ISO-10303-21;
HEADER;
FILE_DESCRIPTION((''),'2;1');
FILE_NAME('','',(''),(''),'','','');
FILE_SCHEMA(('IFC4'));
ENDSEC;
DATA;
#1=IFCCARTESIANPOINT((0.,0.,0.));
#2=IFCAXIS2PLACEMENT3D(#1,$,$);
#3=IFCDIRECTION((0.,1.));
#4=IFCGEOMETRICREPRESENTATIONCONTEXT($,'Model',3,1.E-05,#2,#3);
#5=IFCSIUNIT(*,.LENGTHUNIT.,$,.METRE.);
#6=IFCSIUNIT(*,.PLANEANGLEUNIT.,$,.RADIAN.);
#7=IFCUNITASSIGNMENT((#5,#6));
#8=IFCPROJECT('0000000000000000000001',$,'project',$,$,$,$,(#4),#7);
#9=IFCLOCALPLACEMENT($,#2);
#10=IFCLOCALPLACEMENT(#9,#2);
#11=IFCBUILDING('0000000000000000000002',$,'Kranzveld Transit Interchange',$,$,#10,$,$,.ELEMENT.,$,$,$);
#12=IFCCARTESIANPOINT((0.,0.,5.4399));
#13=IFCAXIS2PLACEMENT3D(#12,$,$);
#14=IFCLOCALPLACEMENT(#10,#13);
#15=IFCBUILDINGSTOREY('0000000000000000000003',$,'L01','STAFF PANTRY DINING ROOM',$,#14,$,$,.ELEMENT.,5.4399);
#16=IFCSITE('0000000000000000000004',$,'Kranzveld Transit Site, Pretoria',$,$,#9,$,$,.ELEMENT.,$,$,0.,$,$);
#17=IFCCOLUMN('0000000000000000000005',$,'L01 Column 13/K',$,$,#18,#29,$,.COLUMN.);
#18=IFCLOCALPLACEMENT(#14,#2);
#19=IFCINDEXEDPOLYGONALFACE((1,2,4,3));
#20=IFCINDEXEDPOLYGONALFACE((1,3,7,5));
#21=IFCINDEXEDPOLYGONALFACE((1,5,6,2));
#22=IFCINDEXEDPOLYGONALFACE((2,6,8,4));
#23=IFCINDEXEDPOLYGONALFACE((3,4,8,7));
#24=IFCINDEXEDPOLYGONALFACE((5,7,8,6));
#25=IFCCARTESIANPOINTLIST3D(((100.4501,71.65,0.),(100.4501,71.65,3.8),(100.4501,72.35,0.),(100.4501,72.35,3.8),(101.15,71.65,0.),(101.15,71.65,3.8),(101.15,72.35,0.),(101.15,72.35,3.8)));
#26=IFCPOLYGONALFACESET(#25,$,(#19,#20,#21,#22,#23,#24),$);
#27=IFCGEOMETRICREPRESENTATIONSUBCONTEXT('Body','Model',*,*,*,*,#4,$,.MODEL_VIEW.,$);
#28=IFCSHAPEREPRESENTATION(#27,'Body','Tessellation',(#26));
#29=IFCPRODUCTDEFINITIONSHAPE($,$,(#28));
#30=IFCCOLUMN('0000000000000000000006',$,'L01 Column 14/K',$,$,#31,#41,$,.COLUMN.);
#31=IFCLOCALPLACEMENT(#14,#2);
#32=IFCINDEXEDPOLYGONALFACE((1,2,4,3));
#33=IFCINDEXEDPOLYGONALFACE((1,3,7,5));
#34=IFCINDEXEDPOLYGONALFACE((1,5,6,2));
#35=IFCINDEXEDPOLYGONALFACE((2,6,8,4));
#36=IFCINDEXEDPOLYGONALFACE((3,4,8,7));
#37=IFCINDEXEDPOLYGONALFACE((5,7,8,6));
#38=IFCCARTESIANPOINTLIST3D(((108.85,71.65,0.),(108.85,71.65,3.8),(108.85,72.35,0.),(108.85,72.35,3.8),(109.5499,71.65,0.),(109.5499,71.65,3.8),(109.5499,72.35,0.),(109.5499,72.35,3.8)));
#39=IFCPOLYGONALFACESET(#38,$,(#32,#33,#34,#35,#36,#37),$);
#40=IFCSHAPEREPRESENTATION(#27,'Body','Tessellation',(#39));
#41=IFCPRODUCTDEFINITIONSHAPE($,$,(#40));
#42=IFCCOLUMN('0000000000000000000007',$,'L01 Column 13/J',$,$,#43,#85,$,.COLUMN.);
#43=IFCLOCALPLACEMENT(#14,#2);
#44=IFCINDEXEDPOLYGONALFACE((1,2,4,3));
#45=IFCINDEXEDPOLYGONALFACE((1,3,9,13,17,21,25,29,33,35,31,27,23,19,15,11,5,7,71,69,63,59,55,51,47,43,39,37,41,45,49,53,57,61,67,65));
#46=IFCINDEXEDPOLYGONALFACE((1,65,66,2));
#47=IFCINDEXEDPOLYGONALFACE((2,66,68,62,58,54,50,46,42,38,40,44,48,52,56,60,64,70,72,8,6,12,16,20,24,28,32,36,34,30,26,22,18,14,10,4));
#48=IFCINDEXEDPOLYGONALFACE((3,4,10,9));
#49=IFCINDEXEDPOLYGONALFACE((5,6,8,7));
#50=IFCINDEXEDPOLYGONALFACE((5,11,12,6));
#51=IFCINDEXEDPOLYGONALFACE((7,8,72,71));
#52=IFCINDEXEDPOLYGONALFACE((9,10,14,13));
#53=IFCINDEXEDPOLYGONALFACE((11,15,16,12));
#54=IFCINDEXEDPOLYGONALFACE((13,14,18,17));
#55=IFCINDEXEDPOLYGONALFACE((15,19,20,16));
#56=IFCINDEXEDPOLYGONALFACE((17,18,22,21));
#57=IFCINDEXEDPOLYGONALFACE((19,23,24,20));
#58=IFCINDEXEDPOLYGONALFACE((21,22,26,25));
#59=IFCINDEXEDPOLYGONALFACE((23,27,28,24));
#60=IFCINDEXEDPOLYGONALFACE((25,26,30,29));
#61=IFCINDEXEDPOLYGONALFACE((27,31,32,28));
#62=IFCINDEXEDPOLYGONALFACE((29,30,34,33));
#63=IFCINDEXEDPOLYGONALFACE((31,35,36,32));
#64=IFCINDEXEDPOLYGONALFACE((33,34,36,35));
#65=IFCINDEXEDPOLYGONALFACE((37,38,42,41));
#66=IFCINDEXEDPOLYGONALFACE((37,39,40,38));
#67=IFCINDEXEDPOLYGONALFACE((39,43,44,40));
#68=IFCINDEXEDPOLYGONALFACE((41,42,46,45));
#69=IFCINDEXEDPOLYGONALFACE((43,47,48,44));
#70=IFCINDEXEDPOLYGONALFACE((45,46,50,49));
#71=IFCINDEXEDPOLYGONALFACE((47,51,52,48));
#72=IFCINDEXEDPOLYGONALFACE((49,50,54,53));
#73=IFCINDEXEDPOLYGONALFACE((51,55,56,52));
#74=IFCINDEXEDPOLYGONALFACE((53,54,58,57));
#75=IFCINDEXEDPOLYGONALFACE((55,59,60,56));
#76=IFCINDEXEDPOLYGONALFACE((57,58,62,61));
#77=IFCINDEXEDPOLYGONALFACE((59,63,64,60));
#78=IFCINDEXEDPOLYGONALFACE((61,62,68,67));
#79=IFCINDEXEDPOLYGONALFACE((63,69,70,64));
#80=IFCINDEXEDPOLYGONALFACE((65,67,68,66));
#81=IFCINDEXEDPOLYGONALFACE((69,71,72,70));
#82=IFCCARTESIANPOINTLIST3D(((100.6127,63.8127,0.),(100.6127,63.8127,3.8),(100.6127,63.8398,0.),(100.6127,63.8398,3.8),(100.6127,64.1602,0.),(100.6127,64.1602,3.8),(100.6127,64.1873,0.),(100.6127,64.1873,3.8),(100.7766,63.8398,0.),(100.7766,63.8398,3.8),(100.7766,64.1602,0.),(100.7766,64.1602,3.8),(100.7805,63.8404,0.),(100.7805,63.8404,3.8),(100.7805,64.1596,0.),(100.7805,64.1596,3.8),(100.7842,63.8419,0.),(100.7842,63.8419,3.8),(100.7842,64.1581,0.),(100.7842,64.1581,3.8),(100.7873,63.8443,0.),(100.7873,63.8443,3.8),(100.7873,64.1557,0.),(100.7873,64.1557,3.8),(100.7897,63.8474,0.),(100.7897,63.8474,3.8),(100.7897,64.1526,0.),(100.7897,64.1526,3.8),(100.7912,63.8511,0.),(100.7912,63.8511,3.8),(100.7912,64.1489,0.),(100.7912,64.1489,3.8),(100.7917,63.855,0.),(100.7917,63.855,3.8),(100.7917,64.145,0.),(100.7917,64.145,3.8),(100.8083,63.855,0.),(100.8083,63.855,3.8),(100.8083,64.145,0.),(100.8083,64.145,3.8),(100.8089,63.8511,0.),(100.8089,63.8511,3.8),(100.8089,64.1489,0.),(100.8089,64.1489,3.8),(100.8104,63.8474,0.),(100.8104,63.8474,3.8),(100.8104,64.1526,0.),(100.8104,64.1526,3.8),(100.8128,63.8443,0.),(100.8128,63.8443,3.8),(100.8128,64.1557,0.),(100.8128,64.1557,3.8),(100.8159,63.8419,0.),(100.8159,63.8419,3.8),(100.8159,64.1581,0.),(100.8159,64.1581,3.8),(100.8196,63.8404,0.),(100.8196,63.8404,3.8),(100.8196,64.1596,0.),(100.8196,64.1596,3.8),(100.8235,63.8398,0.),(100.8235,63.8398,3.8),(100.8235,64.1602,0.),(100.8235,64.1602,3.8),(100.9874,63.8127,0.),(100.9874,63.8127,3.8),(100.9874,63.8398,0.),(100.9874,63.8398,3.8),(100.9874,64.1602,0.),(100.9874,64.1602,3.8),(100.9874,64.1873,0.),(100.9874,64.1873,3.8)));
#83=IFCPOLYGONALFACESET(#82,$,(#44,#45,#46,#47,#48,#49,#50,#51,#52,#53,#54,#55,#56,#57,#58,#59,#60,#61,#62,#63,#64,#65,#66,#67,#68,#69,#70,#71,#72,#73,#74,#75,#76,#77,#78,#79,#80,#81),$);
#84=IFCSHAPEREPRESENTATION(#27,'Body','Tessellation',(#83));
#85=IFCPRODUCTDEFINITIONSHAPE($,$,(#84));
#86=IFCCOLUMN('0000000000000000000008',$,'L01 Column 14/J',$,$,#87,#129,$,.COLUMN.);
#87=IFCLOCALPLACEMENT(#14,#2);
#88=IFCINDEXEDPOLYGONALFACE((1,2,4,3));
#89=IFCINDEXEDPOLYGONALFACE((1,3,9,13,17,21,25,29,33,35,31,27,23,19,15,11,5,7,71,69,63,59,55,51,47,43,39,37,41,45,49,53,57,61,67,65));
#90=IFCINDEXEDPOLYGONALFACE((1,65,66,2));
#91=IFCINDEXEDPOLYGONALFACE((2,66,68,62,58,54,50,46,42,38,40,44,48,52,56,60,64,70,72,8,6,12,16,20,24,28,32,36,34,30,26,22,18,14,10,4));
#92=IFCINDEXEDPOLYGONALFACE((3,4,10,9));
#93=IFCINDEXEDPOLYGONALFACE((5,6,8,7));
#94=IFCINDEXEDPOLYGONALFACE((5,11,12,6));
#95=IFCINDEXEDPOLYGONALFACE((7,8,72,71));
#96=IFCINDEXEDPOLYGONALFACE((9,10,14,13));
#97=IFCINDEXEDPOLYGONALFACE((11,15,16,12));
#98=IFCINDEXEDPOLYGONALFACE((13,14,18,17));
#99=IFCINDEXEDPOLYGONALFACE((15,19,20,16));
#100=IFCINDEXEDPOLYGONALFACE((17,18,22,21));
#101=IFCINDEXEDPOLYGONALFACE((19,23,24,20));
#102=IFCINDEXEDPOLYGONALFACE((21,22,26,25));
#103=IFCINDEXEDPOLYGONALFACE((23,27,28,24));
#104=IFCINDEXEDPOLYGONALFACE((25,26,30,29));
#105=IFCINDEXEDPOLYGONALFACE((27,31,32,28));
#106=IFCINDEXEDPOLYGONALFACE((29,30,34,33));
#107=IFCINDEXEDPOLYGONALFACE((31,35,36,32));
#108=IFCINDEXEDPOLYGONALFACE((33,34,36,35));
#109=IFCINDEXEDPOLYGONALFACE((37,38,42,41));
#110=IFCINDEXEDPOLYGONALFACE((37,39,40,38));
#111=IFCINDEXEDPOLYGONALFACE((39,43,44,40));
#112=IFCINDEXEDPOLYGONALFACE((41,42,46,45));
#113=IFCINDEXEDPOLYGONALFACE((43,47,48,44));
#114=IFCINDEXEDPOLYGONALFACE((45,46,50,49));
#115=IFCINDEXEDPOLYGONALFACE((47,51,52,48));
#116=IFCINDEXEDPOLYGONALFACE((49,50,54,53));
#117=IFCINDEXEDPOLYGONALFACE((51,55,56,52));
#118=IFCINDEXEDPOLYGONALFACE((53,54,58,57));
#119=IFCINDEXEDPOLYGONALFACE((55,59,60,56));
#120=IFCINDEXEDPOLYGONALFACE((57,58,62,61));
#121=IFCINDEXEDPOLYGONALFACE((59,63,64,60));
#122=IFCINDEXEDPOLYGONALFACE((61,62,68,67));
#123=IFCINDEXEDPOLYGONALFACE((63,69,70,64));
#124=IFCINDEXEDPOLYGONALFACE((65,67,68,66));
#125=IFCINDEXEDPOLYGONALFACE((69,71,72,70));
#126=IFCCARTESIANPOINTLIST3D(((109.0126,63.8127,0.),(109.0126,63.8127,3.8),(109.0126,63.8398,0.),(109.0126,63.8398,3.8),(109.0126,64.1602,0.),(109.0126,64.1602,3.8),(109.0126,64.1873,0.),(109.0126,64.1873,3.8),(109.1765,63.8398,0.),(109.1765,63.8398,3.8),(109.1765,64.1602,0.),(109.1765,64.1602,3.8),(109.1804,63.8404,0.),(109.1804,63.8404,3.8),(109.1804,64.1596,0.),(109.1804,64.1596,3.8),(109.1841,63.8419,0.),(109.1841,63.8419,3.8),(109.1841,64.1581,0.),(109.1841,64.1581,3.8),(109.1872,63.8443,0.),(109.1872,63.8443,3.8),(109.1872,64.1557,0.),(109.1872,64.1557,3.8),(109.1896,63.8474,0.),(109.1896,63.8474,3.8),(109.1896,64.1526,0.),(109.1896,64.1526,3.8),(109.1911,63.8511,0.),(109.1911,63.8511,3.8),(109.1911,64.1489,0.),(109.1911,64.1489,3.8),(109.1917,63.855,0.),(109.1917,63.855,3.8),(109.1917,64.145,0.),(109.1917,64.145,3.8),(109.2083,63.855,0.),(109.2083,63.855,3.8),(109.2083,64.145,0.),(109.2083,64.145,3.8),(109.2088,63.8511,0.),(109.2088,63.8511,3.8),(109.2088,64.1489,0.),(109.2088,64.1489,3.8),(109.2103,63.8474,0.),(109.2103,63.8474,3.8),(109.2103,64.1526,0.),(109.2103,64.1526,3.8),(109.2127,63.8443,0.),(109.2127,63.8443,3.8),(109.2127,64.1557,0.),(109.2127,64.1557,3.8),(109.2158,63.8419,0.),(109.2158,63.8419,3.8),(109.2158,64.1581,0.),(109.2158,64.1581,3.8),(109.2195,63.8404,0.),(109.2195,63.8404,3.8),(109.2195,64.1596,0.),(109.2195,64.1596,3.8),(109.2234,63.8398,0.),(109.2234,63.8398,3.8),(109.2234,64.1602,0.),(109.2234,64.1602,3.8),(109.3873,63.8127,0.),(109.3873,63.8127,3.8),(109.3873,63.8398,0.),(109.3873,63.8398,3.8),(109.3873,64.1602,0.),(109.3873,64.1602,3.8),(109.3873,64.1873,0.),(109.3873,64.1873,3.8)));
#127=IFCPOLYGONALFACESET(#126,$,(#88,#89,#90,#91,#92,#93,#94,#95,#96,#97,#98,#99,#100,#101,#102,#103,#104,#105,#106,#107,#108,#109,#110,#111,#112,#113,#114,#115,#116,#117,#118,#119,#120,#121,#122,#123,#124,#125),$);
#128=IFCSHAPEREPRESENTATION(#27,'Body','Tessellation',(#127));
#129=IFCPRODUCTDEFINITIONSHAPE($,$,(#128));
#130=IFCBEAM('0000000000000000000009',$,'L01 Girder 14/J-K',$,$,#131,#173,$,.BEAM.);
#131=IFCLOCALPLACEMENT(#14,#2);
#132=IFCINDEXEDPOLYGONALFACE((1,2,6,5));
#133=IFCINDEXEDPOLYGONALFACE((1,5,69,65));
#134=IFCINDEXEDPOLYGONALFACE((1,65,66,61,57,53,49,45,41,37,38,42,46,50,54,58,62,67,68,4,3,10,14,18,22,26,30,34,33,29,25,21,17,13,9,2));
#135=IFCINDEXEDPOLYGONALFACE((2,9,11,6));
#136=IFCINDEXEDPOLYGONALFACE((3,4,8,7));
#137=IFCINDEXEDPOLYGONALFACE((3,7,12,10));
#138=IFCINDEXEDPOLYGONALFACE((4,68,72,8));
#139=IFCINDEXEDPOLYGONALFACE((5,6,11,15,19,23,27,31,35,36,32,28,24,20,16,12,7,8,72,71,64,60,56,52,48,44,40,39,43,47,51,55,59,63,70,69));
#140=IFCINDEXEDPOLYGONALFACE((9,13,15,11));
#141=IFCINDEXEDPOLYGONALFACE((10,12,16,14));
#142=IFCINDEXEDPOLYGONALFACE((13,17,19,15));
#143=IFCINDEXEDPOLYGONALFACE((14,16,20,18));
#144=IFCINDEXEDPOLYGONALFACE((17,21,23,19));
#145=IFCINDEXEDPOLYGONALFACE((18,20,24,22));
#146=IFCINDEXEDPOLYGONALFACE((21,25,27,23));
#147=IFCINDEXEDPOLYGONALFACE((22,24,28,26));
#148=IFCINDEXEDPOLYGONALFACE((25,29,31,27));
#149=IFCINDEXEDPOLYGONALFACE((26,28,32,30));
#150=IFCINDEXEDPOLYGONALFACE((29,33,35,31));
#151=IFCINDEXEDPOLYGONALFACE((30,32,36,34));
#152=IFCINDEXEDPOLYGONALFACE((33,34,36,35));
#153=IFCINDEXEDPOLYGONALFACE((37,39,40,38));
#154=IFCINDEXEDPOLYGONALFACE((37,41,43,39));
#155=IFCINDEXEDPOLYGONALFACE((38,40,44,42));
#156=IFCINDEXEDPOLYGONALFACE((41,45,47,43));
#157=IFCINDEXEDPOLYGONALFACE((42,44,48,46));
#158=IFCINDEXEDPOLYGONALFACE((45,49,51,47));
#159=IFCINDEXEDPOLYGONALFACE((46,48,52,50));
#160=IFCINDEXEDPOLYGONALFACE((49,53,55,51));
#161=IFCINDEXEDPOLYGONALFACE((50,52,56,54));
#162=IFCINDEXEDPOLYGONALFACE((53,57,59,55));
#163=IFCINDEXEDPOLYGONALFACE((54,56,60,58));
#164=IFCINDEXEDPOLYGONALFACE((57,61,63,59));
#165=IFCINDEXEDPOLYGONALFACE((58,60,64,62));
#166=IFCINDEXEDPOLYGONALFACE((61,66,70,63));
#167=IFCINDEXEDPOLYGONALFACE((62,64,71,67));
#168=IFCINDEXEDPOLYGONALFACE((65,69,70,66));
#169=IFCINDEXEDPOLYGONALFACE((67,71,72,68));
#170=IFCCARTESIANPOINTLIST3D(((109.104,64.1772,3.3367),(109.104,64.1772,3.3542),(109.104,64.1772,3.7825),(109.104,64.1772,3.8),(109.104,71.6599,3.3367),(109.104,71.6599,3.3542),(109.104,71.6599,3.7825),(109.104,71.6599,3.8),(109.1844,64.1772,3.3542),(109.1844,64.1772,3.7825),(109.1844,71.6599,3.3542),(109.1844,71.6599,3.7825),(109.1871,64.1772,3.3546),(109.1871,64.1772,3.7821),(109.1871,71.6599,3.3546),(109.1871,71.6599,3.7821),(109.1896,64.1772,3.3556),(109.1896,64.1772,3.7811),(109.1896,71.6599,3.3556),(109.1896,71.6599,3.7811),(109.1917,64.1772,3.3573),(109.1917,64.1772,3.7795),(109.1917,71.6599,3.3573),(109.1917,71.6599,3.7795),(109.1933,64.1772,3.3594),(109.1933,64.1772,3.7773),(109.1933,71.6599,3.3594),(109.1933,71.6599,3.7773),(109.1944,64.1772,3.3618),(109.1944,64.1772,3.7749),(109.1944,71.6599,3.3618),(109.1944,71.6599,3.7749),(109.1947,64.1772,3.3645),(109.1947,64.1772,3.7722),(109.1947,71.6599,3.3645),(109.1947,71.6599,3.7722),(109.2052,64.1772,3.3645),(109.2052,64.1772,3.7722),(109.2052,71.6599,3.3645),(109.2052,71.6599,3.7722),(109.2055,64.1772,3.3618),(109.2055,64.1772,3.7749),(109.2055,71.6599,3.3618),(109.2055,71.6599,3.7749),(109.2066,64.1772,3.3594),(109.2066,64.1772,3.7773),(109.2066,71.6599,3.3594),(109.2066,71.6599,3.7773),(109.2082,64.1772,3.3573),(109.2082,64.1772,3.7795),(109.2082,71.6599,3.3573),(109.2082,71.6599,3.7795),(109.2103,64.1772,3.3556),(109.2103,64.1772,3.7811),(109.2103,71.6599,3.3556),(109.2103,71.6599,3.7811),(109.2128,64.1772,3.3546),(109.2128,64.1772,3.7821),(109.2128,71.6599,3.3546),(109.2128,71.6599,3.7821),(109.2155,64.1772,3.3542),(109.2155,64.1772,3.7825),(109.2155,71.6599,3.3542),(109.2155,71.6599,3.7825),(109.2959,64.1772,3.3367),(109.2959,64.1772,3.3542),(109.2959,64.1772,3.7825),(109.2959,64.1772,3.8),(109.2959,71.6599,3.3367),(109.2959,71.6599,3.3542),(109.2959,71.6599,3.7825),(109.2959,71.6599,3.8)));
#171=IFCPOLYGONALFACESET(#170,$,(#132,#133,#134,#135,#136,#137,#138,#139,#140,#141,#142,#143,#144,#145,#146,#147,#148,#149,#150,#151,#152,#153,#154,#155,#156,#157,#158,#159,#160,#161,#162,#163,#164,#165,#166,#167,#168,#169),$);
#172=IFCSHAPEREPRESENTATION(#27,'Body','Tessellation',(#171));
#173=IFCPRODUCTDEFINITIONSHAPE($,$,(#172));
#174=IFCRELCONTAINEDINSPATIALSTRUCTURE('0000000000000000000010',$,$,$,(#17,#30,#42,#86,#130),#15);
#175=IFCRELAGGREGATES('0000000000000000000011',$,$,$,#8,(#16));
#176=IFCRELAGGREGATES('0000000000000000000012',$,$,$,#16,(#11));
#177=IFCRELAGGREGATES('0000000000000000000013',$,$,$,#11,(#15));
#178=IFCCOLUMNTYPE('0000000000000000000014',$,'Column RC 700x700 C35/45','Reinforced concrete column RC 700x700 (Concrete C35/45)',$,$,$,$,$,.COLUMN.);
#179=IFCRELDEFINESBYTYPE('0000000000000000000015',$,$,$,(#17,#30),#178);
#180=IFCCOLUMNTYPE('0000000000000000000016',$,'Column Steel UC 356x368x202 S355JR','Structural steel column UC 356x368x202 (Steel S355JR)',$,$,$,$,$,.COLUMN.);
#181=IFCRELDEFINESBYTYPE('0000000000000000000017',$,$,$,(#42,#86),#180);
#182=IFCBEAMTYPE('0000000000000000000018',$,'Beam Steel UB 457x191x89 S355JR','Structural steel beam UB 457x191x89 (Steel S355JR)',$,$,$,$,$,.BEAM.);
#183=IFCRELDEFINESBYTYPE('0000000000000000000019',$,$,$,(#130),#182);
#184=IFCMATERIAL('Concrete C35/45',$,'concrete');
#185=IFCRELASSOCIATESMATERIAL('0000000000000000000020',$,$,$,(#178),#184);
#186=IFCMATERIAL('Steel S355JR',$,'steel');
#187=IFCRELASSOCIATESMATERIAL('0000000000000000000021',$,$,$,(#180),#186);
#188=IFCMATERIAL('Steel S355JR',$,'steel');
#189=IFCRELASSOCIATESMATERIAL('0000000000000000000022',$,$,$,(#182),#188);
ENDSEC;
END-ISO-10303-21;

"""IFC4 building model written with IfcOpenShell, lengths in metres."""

from ifc_helpers import new_model, si_unit, direction, frame, origin, origin_2d, place, context, subcontext, project, spatial, rectangle, i_section, extrude, material, material_profile, profile_set, type_object, element, save


model = new_model("IFC4")

# Units and contexts
model_context = context("Model", 3, precision=1e-05, world=origin(), true_north=direction((0.0, 1.0)))
body_context = subcontext(model_context, "Body", "Model", "MODEL_VIEW")
ifc_project = project(units=[si_unit("LENGTHUNIT", "METRE"), si_unit("PLANEANGLEUNIT", "RADIAN")], contexts=[model_context])

# Site, building, storey
site_placement = place(None, origin())
site = spatial("IfcSite", under=ifc_project, at=site_placement, Name="Kranzveld Transit Site, Pretoria", CompositionType="ELEMENT", RefElevation=0.0)
building_placement = place(site_placement, origin())
building = spatial("IfcBuilding", under=site, at=building_placement, Name="Kranzveld Transit Interchange", CompositionType="ELEMENT")
storey_placement = place(building_placement, frame((0.0, 0.0, 5.4399)))
storey = spatial("IfcBuildingStorey", under=building, at=storey_placement, Name="L01", Description="STAFF PANTRY DINING ROOM", CompositionType="ELEMENT", Elevation=5.4399)

# Columns
ifc_material_1 = material(Name="Concrete C35/45", Category="concrete")
ifc_material_profile_1 = material_profile(ifc_material_1, rectangle(XDim=0.7, YDim=0.7, at=origin_2d()), Name="RC 700x700")
ifc_profile_set_1 = profile_set([ifc_material_profile_1], Name="Concrete C35/45")
column_type_1 = type_object("IfcColumnType", Name="Column RC 700x700 C35/45", Description="Reinforced concrete column RC 700x700 (Concrete C35/45)", PredefinedType="COLUMN", material=ifc_profile_set_1)
for number, where, z_axis, x_axis, name in (
    (1, (100.8, 72.0, 0.0), (0.0, 0.0, 1.0), (1.0, 0.0, 0.0), "L01 Column 13/K"),
    (2, (109.2, 72.0, 0.0), (0.0, 0.0, 1.0), (1.0, 0.0, 0.0), "L01 Column 14/K"),
):
    element("IfcColumn", number, at=place(storey_placement, frame(where, z_axis=z_axis, x_axis=x_axis)), inside=storey, type_object=column_type_1, Name=name, PredefinedType="COLUMN", context=body_context, shape_type="SweptSolid", body=[
        extrude(rectangle(XDim=0.7, YDim=0.7, at=origin_2d()), origin(), (0.0, 0.0, 1.0), 3.8),
    ])
ifc_material_2 = material(Name="Steel S355JR", Category="steel")
ifc_material_profile_2 = material_profile(ifc_material_2, i_section(OverallWidth=0.3748, OverallDepth=0.3745, WebThickness=0.0166, FlangeThickness=0.0271, FilletRadius=0.0151, at=origin_2d()), Name="UC 356x368x202")
ifc_profile_set_2 = profile_set([ifc_material_profile_2], Name="Steel S355JR")
column_type_2 = type_object("IfcColumnType", Name="Column Steel UC 356x368x202 S355JR", Description="Structural steel column UC 356x368x202 (Steel S355JR)", PredefinedType="COLUMN", material=ifc_profile_set_2)
for number, where, z_axis, x_axis, name in (
    (3, (100.8, 64.0, 0.0), (0.0, 0.0, 1.0), (1.0, 0.0, 0.0), "L01 Column 13/J"),
    (4, (109.2, 64.0, 0.0), (0.0, 0.0, 1.0), (1.0, 0.0, 0.0), "L01 Column 14/J"),
):
    element("IfcColumn", number, at=place(storey_placement, frame(where, z_axis=z_axis, x_axis=x_axis)), inside=storey, type_object=column_type_2, Name=name, PredefinedType="COLUMN", context=body_context, shape_type="SweptSolid", body=[
        extrude(i_section(OverallWidth=0.3748, OverallDepth=0.3745, WebThickness=0.0166, FlangeThickness=0.0271, FilletRadius=0.0151, at=origin_2d()), origin(), (0.0, 0.0, 1.0), 3.8),
    ])

# Beam
ifc_material_3 = material(Name="Steel S355JR", Category="steel")
ifc_material_profile_3 = material_profile(ifc_material_3, i_section(OverallWidth=0.1919, OverallDepth=0.4634, WebThickness=0.0105, FlangeThickness=0.0176, FilletRadius=0.0103, at=origin_2d()), Name="UB 457x191x89")
ifc_profile_set_3 = profile_set([ifc_material_profile_3], Name="Steel S355JR")
beam_type_1 = type_object("IfcBeamType", Name="Beam Steel UB 457x191x89 S355JR", Description="Structural steel beam UB 457x191x89 (Steel S355JR)", PredefinedType="BEAM", material=ifc_profile_set_3)
beam_1_placement = place(storey_placement, frame((109.2, 64.1772, 3.5684), z_axis=(0.0, 1.0, 0.0), x_axis=(-1.0, 0.0, 0.0)))
element("IfcBeam", 5, at=beam_1_placement, inside=storey, type_object=beam_type_1, Name="L01 Girder 14/J-K", PredefinedType="BEAM", context=body_context, shape_type="SweptSolid", body=[
    extrude(i_section(OverallWidth=0.1919, OverallDepth=0.4634, WebThickness=0.0105, FlangeThickness=0.0176, FilletRadius=0.0103, at=origin_2d()), origin(), (0.0, 0.0, 1.0), 7.4827),
])

save(model, "model.ifc")
